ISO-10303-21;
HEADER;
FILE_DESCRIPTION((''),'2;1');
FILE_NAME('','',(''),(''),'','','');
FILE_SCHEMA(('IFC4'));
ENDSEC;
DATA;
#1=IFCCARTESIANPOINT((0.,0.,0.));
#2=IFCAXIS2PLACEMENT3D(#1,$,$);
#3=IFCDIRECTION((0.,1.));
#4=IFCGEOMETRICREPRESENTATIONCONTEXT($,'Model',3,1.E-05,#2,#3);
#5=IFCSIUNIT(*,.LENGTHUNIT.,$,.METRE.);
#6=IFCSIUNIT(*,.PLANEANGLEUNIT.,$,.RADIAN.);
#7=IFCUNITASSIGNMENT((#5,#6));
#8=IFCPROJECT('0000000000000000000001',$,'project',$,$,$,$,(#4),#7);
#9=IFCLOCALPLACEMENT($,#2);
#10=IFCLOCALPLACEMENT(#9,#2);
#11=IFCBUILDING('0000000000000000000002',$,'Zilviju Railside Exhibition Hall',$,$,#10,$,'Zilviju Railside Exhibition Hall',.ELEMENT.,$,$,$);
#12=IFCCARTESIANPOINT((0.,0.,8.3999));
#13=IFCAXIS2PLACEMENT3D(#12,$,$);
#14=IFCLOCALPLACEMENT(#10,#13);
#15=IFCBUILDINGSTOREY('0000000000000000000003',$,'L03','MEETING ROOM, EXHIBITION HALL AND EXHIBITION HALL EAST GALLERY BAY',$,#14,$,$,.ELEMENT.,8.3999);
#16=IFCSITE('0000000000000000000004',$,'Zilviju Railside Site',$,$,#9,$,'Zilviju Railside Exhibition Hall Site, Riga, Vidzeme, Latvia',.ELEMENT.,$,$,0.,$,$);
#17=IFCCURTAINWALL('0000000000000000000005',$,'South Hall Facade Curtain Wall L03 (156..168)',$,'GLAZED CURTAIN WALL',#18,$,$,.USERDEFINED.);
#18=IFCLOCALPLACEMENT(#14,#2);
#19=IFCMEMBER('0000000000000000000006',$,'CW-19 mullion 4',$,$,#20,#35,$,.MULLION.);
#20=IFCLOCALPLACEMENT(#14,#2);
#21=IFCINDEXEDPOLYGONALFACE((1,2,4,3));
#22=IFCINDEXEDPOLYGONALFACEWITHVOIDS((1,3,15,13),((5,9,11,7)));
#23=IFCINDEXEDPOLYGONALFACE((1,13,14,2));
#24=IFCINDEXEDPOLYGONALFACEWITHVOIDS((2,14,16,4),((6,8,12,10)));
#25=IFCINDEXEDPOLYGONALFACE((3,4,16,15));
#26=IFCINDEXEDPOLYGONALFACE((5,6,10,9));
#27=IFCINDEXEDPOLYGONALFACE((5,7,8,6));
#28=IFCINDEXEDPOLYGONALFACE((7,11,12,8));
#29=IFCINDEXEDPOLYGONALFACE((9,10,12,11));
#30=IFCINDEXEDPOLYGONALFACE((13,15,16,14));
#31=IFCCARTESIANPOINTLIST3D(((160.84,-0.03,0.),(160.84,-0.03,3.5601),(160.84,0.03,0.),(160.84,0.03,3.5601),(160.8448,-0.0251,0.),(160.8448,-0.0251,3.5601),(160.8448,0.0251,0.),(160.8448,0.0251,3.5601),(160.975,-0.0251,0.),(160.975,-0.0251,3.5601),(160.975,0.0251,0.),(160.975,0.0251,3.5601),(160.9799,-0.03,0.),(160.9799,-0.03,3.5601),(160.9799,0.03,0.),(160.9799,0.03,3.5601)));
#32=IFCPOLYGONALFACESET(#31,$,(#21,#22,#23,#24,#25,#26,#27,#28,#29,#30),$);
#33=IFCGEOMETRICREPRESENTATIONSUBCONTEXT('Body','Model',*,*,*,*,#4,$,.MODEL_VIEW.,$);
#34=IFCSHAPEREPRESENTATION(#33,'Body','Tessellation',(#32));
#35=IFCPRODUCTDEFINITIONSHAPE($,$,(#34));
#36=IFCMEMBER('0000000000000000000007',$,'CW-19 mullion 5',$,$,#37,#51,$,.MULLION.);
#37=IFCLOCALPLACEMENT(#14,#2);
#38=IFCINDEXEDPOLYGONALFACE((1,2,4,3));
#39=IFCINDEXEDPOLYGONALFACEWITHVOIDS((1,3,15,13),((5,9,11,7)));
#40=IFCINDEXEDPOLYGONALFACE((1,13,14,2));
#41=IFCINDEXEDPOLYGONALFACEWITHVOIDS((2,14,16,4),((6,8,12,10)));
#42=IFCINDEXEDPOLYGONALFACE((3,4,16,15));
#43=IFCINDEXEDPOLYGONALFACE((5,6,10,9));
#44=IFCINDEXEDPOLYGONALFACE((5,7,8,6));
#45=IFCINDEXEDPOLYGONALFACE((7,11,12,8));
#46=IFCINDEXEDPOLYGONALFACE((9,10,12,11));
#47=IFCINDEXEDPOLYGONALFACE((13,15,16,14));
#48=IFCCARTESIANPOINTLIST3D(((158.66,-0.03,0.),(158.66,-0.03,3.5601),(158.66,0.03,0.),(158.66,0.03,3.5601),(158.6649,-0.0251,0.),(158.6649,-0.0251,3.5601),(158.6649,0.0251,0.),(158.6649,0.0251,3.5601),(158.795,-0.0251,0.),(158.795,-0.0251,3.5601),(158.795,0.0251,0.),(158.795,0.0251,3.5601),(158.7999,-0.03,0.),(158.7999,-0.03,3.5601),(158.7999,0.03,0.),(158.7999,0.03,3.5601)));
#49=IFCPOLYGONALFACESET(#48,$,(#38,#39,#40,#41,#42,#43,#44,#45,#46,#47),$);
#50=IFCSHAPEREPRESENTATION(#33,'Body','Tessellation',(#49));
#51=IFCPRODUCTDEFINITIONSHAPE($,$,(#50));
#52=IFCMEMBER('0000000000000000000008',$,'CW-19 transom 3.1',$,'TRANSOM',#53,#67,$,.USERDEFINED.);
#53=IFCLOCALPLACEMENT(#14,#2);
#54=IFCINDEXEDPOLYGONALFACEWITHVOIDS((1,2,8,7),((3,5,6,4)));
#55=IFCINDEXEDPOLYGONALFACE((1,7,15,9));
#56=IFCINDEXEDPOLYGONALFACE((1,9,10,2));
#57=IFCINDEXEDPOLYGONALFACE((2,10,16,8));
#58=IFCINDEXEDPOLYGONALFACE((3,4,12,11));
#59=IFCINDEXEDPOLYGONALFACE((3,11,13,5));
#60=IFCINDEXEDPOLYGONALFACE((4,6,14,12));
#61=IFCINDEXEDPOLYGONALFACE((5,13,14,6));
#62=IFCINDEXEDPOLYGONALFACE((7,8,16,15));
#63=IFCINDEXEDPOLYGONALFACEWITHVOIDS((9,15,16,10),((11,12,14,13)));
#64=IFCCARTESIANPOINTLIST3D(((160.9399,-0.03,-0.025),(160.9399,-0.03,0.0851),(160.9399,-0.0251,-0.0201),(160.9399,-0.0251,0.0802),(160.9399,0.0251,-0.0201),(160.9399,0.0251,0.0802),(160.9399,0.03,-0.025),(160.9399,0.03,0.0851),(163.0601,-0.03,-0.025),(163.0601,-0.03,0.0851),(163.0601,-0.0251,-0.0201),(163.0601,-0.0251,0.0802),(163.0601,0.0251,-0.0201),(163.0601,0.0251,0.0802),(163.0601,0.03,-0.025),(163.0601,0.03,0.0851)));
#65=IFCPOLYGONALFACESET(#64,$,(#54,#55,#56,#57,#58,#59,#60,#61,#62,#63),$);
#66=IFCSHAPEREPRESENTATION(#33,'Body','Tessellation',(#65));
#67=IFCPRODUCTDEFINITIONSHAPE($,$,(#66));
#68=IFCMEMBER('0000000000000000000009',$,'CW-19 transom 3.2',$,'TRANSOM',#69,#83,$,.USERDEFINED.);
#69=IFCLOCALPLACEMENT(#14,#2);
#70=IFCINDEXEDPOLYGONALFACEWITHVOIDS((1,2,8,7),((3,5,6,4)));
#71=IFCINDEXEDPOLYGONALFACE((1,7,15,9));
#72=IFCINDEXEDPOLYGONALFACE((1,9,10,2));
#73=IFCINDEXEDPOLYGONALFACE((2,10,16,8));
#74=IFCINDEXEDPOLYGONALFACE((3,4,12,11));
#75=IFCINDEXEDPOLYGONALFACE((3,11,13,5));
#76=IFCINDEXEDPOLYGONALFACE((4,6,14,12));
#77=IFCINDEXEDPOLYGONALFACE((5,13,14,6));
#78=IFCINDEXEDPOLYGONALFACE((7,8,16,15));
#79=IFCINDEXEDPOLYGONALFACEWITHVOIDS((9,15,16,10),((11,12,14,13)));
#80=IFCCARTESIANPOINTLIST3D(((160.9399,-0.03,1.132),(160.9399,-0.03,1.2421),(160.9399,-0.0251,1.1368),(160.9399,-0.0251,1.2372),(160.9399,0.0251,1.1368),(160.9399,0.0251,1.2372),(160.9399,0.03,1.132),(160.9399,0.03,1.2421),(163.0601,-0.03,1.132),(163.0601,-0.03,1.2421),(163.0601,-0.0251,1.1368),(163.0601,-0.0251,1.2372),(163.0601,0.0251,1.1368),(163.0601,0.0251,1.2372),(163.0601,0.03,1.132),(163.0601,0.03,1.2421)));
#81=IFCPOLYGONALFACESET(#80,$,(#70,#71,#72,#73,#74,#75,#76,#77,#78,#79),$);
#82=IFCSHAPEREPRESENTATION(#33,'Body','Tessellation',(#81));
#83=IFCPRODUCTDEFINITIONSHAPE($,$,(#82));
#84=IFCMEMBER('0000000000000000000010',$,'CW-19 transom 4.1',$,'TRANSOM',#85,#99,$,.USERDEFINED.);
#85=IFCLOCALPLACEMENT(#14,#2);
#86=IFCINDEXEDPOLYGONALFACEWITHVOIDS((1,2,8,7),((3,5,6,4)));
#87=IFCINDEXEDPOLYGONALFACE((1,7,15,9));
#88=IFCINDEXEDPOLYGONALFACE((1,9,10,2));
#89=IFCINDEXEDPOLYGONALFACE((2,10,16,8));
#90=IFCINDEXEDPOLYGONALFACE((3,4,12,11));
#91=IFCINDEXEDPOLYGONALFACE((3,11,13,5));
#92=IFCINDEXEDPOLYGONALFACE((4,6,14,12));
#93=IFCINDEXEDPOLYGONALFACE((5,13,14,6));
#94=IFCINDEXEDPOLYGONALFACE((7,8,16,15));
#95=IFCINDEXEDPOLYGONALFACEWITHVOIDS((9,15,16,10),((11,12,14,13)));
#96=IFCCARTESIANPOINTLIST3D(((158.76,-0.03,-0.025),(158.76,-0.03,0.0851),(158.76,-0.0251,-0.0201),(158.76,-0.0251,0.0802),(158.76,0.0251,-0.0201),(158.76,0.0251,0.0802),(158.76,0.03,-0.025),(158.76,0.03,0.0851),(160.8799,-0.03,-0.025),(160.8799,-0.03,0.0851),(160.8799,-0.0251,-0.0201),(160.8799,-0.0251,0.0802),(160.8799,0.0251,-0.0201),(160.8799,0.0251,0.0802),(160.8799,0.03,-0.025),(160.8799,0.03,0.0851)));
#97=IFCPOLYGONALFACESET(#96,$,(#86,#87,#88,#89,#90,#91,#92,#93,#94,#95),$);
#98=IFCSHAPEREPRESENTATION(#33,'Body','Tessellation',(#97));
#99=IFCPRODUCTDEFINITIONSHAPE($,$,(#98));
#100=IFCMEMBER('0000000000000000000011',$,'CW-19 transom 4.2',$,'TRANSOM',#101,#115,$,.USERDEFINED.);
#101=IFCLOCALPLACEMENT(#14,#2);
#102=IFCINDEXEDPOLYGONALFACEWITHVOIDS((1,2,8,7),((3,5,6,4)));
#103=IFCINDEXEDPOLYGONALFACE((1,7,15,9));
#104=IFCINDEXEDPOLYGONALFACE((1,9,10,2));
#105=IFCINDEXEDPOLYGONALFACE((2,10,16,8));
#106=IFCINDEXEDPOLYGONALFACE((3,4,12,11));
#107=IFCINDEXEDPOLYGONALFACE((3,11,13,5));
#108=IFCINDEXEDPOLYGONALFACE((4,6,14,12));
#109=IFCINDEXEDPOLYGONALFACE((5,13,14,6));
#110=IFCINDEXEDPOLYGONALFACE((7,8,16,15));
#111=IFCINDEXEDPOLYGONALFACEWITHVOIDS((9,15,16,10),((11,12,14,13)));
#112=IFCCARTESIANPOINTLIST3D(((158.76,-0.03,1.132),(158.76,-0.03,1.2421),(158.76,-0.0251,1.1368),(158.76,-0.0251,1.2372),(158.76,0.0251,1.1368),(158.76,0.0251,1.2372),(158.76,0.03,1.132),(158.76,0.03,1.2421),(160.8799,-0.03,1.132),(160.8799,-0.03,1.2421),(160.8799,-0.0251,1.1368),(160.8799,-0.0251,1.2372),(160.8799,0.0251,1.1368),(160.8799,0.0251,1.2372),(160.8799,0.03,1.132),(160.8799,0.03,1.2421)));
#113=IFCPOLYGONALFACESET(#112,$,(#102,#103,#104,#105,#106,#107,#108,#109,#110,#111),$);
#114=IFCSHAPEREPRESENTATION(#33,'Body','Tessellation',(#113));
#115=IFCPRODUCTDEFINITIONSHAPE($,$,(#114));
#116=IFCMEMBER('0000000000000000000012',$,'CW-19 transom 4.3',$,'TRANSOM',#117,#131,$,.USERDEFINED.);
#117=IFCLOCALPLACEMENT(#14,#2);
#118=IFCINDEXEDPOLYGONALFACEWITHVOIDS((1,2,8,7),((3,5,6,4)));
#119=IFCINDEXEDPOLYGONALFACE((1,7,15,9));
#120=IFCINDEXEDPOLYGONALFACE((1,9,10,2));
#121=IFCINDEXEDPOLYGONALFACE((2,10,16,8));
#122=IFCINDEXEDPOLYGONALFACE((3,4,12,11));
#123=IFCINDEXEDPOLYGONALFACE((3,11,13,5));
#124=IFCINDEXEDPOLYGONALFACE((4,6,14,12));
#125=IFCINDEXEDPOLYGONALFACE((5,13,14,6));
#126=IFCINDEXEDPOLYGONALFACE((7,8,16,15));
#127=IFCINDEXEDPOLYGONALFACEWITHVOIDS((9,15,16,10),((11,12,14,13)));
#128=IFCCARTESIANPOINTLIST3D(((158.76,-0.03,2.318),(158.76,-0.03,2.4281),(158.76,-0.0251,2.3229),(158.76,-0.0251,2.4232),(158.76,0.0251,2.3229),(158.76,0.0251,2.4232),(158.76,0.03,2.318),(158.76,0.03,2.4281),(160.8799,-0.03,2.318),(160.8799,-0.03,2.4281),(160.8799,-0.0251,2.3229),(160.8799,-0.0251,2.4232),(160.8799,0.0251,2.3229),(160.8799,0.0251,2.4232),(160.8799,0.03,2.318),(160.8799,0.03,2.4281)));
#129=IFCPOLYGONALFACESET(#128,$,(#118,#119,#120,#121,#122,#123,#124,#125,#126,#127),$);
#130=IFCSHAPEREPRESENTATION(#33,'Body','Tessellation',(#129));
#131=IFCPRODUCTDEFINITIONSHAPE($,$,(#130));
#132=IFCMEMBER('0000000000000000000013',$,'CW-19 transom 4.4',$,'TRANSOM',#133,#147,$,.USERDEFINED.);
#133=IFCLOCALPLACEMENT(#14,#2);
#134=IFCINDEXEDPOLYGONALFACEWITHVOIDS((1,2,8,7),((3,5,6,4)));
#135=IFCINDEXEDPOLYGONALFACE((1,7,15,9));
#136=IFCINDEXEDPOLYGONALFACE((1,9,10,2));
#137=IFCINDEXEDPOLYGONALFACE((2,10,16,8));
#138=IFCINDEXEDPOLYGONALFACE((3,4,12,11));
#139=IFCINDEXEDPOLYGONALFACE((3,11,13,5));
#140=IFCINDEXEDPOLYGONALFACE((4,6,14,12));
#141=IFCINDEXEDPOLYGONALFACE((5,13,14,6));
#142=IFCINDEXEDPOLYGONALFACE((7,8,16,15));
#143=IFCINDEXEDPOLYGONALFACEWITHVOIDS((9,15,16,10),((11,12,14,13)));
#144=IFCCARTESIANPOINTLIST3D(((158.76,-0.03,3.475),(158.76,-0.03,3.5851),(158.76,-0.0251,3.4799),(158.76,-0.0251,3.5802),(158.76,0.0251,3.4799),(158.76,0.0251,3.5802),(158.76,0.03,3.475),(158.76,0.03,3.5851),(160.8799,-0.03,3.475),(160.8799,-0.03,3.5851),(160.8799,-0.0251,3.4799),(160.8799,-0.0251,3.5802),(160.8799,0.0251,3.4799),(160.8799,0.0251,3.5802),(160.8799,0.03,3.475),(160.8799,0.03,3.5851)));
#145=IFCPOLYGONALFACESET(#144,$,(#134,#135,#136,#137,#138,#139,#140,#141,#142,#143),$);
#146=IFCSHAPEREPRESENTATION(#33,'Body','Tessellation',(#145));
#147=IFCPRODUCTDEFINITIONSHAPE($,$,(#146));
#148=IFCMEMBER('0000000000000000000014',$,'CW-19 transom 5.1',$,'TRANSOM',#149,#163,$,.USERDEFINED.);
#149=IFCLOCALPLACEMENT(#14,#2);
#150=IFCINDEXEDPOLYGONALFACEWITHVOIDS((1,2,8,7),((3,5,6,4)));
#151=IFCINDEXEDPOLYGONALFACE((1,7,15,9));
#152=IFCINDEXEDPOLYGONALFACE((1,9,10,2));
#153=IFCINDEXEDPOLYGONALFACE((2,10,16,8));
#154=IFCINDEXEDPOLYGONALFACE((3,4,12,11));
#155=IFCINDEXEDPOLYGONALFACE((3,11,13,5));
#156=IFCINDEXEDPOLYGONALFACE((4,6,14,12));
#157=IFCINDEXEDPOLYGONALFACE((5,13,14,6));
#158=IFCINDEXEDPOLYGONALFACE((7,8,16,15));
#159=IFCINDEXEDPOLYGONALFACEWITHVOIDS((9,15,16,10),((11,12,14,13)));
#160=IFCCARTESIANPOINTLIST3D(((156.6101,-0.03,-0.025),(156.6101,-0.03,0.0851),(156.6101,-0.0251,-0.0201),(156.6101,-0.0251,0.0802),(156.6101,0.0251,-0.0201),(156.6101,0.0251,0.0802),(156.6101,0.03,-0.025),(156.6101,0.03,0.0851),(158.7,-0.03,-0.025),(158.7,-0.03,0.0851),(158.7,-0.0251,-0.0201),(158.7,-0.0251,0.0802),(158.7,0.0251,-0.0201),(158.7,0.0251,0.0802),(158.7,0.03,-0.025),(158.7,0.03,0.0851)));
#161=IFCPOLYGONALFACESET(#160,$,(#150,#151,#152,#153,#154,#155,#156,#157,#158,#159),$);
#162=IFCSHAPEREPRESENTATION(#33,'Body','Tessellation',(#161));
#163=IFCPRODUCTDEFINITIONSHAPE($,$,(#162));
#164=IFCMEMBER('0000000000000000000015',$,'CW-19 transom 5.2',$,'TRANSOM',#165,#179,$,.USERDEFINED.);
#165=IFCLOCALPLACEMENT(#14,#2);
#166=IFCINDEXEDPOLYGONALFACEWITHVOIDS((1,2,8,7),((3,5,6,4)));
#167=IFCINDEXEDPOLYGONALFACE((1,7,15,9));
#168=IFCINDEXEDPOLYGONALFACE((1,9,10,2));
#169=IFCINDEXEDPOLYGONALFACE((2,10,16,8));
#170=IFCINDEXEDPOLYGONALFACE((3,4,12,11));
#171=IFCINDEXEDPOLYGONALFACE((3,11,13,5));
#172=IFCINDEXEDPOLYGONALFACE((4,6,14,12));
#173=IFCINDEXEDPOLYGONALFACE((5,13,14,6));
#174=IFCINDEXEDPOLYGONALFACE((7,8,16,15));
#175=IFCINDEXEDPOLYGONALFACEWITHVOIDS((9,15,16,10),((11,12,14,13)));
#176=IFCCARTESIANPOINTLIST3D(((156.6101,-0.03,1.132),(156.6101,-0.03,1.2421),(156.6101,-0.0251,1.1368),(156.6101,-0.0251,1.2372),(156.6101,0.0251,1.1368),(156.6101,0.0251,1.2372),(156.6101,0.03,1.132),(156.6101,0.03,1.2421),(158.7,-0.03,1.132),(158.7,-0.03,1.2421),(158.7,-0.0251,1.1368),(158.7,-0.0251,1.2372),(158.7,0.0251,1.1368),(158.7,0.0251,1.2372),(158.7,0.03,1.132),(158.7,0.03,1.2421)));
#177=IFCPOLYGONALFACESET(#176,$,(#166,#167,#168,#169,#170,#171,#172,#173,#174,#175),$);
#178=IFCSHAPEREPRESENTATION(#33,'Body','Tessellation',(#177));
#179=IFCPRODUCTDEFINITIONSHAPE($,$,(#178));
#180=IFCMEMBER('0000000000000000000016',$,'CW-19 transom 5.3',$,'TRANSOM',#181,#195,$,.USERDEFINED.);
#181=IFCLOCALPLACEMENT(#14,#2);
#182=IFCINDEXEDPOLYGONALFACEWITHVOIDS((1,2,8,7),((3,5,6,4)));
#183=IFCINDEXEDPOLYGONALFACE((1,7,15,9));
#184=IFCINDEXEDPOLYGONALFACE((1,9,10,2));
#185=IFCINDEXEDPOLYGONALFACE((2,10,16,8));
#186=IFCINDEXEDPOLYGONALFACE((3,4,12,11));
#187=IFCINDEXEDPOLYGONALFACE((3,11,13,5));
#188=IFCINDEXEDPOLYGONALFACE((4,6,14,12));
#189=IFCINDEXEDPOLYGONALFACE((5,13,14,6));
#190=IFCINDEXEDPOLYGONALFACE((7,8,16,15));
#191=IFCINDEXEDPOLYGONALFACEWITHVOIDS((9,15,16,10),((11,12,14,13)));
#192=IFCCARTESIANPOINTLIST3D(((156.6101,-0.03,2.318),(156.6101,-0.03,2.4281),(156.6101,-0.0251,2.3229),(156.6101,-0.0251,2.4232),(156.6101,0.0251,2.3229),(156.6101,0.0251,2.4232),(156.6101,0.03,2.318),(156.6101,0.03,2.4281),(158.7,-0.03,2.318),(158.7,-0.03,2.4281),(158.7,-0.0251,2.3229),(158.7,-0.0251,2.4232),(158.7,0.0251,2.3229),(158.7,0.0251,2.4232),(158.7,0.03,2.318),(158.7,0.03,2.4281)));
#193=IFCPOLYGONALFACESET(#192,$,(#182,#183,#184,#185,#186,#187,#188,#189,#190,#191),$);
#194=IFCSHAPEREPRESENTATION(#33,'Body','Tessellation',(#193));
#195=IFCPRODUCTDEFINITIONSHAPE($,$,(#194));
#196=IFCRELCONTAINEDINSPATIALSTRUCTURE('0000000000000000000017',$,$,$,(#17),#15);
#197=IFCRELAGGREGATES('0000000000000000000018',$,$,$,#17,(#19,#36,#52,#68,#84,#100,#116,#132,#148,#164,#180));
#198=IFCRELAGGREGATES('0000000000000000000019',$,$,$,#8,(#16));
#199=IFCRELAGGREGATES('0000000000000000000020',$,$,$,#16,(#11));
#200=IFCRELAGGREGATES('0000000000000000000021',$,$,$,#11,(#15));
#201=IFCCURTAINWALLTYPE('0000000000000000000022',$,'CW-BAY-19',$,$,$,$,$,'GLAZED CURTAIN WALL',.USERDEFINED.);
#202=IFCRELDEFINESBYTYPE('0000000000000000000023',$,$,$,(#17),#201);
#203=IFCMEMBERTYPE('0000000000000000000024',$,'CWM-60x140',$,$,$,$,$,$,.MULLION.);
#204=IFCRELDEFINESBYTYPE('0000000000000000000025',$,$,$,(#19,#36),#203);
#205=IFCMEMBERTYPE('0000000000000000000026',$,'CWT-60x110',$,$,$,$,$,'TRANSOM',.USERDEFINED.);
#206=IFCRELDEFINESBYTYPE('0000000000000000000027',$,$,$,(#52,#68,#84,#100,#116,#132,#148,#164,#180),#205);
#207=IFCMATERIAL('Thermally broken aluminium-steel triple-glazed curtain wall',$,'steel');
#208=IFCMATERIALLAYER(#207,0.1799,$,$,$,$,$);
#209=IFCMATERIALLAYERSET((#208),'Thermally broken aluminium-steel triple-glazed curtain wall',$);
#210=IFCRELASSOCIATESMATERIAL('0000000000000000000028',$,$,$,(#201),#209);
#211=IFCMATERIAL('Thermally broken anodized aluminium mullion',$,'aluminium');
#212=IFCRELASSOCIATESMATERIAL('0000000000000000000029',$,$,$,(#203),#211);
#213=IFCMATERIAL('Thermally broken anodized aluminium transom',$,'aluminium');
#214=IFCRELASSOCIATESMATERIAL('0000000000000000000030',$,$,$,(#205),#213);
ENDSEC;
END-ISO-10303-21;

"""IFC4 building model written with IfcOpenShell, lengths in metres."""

from ifc_helpers import new_model, si_unit, direction, frame, origin, origin_2d, place, context, subcontext, project, spatial, hollow_rectangle, extrude, material, layer, layer_set, material_profile, profile_set, type_object, element, aggregate, save


model = new_model("IFC4")

# Units and contexts
model_context = context("Model", 3, precision=1e-05, world=origin(), true_north=direction((0.0, 1.0)))
body_context = subcontext(model_context, "Body", "Model", "MODEL_VIEW")
ifc_project = project(units=[si_unit("LENGTHUNIT", "METRE"), si_unit("PLANEANGLEUNIT", "RADIAN")], contexts=[model_context])

# Site, building, storey
site_placement = place(None, origin())
site = spatial("IfcSite", under=ifc_project, at=site_placement, Name="Zilviju Railside Site", LongName="Zilviju Railside Exhibition Hall Site, Riga, Vidzeme, Latvia", CompositionType="ELEMENT", RefElevation=0.0)
building_placement = place(site_placement, origin())
building = spatial("IfcBuilding", under=site, at=building_placement, Name="Zilviju Railside Exhibition Hall", LongName="Zilviju Railside Exhibition Hall", CompositionType="ELEMENT")
storey_placement = place(building_placement, frame((0.0, 0.0, 8.3999)))
storey = spatial("IfcBuildingStorey", under=building, at=storey_placement, Name="L03", Description="MEETING ROOM, EXHIBITION HALL AND EXHIBITION HALL EAST GALLERY BAY", CompositionType="ELEMENT", Elevation=8.3999)

# Curtain wall, members
ifc_material_1 = material(Name="Thermally broken aluminium-steel triple-glazed curtain wall", Category="steel")
ifc_layer_1 = layer(ifc_material_1, 0.1799)
ifc_layer_set_1 = layer_set([ifc_layer_1], Name="Thermally broken aluminium-steel triple-glazed curtain wall")
curtain_wall_type = type_object("IfcCurtainWallType", Name="CW-BAY-19", ElementType="GLAZED CURTAIN WALL", PredefinedType="USERDEFINED", material=ifc_layer_set_1)
curtain_wall_placement = place(storey_placement, origin())
curtain_wall = element("IfcCurtainWall", 1, at=curtain_wall_placement, inside=storey, type_object=curtain_wall_type, Name="South Hall Facade Curtain Wall L03 (156..168)", ObjectType="GLAZED CURTAIN WALL", PredefinedType="USERDEFINED")
ifc_material_2 = material(Name="Thermally broken anodized aluminium mullion", Category="aluminium")
ifc_material_profile_1 = material_profile(ifc_material_2, hollow_rectangle(XDim=0.0601, YDim=0.1399, WallThickness=0.0049, at=origin_2d()), Name="MULLION 140x60x5")
ifc_profile_set_1 = profile_set([ifc_material_profile_1], Name="Thermally broken anodized aluminium mullion")
member_type_1 = type_object("IfcMemberType", Name="CWM-60x140", PredefinedType="MULLION", material=ifc_profile_set_1)
member_1_placement = place(storey_placement, frame((160.9099, 0.0, 0.0), z_axis=(0.0, 0.0, 1.0), x_axis=(0.0, -1.0, 0.0)))
member_1 = element("IfcMember", 2, at=member_1_placement, type_object=member_type_1, Name="CW-19 mullion 4", PredefinedType="MULLION", context=body_context, shape_type="SweptSolid", body=[
    extrude(hollow_rectangle(XDim=0.0601, YDim=0.1399, WallThickness=0.0049, at=origin_2d()), origin(), (0.0, 0.0, 1.0), 3.5601),
])
member_2_placement = place(storey_placement, frame((158.73, 0.0, 0.0), z_axis=(0.0, 0.0, 1.0), x_axis=(0.0, -1.0, 0.0)))
member_2 = element("IfcMember", 3, at=member_2_placement, type_object=member_type_1, Name="CW-19 mullion 5", PredefinedType="MULLION", context=body_context, shape_type="SweptSolid", body=[
    extrude(hollow_rectangle(XDim=0.0601, YDim=0.1399, WallThickness=0.0049, at=origin_2d()), origin(), (0.0, 0.0, 1.0), 3.5601),
])
ifc_material_3 = material(Name="Thermally broken anodized aluminium transom", Category="aluminium")
ifc_material_profile_2 = material_profile(ifc_material_3, hollow_rectangle(XDim=0.0601, YDim=0.1101, WallThickness=0.0049, at=origin_2d()), Name="TRANSOM 110x60x5")
ifc_profile_set_2 = profile_set([ifc_material_profile_2], Name="Thermally broken anodized aluminium transom")
member_type_2 = type_object("IfcMemberType", Name="CWT-60x110", ElementType="TRANSOM", PredefinedType="USERDEFINED", material=ifc_profile_set_2)
member_3_placement = place(storey_placement, frame((163.0601, 0.0, 0.03), z_axis=(-1.0, 0.0, 0.0), x_axis=(0.0, -1.0, 0.0)))
member_3 = element("IfcMember", 4, at=member_3_placement, type_object=member_type_2, Name="CW-19 transom 3.1", ObjectType="TRANSOM", PredefinedType="USERDEFINED", context=body_context, shape_type="SweptSolid", body=[
    extrude(hollow_rectangle(XDim=0.0601, YDim=0.1101, WallThickness=0.0049, at=origin_2d()), origin(), (0.0, 0.0, 1.0), 2.1201),
])
member_4_placement = place(storey_placement, frame((163.0601, 0.0, 1.187), z_axis=(-1.0, 0.0, 0.0), x_axis=(0.0, -1.0, 0.0)))
member_4 = element("IfcMember", 5, at=member_4_placement, type_object=member_type_2, Name="CW-19 transom 3.2", ObjectType="TRANSOM", PredefinedType="USERDEFINED", context=body_context, shape_type="SweptSolid", body=[
    extrude(hollow_rectangle(XDim=0.0601, YDim=0.1101, WallThickness=0.0049, at=origin_2d()), origin(), (0.0, 0.0, 1.0), 2.1201),
])
member_5_placement = place(storey_placement, frame((160.8799, 0.0, 0.03), z_axis=(-1.0, 0.0, 0.0), x_axis=(0.0, -1.0, 0.0)))
member_5 = element("IfcMember", 6, at=member_5_placement, type_object=member_type_2, Name="CW-19 transom 4.1", ObjectType="TRANSOM", PredefinedType="USERDEFINED", context=body_context, shape_type="SweptSolid", body=[
    extrude(hollow_rectangle(XDim=0.0601, YDim=0.1101, WallThickness=0.0049, at=origin_2d()), origin(), (0.0, 0.0, 1.0), 2.1199),
])
member_6_placement = place(storey_placement, frame((160.8799, 0.0, 1.187), z_axis=(-1.0, 0.0, 0.0), x_axis=(0.0, -1.0, 0.0)))
member_6 = element("IfcMember", 7, at=member_6_placement, type_object=member_type_2, Name="CW-19 transom 4.2", ObjectType="TRANSOM", PredefinedType="USERDEFINED", context=body_context, shape_type="SweptSolid", body=[
    extrude(hollow_rectangle(XDim=0.0601, YDim=0.1101, WallThickness=0.0049, at=origin_2d()), origin(), (0.0, 0.0, 1.0), 2.1199),
])
member_7_placement = place(storey_placement, frame((160.8799, 0.0, 2.373), z_axis=(-1.0, 0.0, 0.0), x_axis=(0.0, -1.0, 0.0)))
member_7 = element("IfcMember", 8, at=member_7_placement, type_object=member_type_2, Name="CW-19 transom 4.3", ObjectType="TRANSOM", PredefinedType="USERDEFINED", context=body_context, shape_type="SweptSolid", body=[
    extrude(hollow_rectangle(XDim=0.0601, YDim=0.1101, WallThickness=0.0049, at=origin_2d()), origin(), (0.0, 0.0, 1.0), 2.1199),
])
member_8_placement = place(storey_placement, frame((160.8799, 0.0, 3.53), z_axis=(-1.0, 0.0, 0.0), x_axis=(0.0, -1.0, 0.0)))
member_8 = element("IfcMember", 9, at=member_8_placement, type_object=member_type_2, Name="CW-19 transom 4.4", ObjectType="TRANSOM", PredefinedType="USERDEFINED", context=body_context, shape_type="SweptSolid", body=[
    extrude(hollow_rectangle(XDim=0.0601, YDim=0.1101, WallThickness=0.0049, at=origin_2d()), origin(), (0.0, 0.0, 1.0), 2.1199),
])
member_9_placement = place(storey_placement, frame((158.7, 0.0, 0.03), z_axis=(-1.0, 0.0, 0.0), x_axis=(0.0, -1.0, 0.0)))
member_9 = element("IfcMember", 10, at=member_9_placement, type_object=member_type_2, Name="CW-19 transom 5.1", ObjectType="TRANSOM", PredefinedType="USERDEFINED", context=body_context, shape_type="SweptSolid", body=[
    extrude(hollow_rectangle(XDim=0.0601, YDim=0.1101, WallThickness=0.0049, at=origin_2d()), origin(), (0.0, 0.0, 1.0), 2.0898),
])
member_10_placement = place(storey_placement, frame((158.7, 0.0, 1.187), z_axis=(-1.0, 0.0, 0.0), x_axis=(0.0, -1.0, 0.0)))
member_10 = element("IfcMember", 11, at=member_10_placement, type_object=member_type_2, Name="CW-19 transom 5.2", ObjectType="TRANSOM", PredefinedType="USERDEFINED", context=body_context, shape_type="SweptSolid", body=[
    extrude(hollow_rectangle(XDim=0.0601, YDim=0.1101, WallThickness=0.0049, at=origin_2d()), origin(), (0.0, 0.0, 1.0), 2.0898),
])
member_11_placement = place(storey_placement, frame((158.7, 0.0, 2.373), z_axis=(-1.0, 0.0, 0.0), x_axis=(0.0, -1.0, 0.0)))
member_11 = element("IfcMember", 12, at=member_11_placement, type_object=member_type_2, Name="CW-19 transom 5.3", ObjectType="TRANSOM", PredefinedType="USERDEFINED", context=body_context, shape_type="SweptSolid", body=[
    extrude(hollow_rectangle(XDim=0.0601, YDim=0.1101, WallThickness=0.0049, at=origin_2d()), origin(), (0.0, 0.0, 1.0), 2.0898),
])
aggregate(curtain_wall, [member_1, member_2, member_3, member_4, member_5, member_6, member_7, member_8, member_9, member_10, member_11])

save(model, "model.ifc")
